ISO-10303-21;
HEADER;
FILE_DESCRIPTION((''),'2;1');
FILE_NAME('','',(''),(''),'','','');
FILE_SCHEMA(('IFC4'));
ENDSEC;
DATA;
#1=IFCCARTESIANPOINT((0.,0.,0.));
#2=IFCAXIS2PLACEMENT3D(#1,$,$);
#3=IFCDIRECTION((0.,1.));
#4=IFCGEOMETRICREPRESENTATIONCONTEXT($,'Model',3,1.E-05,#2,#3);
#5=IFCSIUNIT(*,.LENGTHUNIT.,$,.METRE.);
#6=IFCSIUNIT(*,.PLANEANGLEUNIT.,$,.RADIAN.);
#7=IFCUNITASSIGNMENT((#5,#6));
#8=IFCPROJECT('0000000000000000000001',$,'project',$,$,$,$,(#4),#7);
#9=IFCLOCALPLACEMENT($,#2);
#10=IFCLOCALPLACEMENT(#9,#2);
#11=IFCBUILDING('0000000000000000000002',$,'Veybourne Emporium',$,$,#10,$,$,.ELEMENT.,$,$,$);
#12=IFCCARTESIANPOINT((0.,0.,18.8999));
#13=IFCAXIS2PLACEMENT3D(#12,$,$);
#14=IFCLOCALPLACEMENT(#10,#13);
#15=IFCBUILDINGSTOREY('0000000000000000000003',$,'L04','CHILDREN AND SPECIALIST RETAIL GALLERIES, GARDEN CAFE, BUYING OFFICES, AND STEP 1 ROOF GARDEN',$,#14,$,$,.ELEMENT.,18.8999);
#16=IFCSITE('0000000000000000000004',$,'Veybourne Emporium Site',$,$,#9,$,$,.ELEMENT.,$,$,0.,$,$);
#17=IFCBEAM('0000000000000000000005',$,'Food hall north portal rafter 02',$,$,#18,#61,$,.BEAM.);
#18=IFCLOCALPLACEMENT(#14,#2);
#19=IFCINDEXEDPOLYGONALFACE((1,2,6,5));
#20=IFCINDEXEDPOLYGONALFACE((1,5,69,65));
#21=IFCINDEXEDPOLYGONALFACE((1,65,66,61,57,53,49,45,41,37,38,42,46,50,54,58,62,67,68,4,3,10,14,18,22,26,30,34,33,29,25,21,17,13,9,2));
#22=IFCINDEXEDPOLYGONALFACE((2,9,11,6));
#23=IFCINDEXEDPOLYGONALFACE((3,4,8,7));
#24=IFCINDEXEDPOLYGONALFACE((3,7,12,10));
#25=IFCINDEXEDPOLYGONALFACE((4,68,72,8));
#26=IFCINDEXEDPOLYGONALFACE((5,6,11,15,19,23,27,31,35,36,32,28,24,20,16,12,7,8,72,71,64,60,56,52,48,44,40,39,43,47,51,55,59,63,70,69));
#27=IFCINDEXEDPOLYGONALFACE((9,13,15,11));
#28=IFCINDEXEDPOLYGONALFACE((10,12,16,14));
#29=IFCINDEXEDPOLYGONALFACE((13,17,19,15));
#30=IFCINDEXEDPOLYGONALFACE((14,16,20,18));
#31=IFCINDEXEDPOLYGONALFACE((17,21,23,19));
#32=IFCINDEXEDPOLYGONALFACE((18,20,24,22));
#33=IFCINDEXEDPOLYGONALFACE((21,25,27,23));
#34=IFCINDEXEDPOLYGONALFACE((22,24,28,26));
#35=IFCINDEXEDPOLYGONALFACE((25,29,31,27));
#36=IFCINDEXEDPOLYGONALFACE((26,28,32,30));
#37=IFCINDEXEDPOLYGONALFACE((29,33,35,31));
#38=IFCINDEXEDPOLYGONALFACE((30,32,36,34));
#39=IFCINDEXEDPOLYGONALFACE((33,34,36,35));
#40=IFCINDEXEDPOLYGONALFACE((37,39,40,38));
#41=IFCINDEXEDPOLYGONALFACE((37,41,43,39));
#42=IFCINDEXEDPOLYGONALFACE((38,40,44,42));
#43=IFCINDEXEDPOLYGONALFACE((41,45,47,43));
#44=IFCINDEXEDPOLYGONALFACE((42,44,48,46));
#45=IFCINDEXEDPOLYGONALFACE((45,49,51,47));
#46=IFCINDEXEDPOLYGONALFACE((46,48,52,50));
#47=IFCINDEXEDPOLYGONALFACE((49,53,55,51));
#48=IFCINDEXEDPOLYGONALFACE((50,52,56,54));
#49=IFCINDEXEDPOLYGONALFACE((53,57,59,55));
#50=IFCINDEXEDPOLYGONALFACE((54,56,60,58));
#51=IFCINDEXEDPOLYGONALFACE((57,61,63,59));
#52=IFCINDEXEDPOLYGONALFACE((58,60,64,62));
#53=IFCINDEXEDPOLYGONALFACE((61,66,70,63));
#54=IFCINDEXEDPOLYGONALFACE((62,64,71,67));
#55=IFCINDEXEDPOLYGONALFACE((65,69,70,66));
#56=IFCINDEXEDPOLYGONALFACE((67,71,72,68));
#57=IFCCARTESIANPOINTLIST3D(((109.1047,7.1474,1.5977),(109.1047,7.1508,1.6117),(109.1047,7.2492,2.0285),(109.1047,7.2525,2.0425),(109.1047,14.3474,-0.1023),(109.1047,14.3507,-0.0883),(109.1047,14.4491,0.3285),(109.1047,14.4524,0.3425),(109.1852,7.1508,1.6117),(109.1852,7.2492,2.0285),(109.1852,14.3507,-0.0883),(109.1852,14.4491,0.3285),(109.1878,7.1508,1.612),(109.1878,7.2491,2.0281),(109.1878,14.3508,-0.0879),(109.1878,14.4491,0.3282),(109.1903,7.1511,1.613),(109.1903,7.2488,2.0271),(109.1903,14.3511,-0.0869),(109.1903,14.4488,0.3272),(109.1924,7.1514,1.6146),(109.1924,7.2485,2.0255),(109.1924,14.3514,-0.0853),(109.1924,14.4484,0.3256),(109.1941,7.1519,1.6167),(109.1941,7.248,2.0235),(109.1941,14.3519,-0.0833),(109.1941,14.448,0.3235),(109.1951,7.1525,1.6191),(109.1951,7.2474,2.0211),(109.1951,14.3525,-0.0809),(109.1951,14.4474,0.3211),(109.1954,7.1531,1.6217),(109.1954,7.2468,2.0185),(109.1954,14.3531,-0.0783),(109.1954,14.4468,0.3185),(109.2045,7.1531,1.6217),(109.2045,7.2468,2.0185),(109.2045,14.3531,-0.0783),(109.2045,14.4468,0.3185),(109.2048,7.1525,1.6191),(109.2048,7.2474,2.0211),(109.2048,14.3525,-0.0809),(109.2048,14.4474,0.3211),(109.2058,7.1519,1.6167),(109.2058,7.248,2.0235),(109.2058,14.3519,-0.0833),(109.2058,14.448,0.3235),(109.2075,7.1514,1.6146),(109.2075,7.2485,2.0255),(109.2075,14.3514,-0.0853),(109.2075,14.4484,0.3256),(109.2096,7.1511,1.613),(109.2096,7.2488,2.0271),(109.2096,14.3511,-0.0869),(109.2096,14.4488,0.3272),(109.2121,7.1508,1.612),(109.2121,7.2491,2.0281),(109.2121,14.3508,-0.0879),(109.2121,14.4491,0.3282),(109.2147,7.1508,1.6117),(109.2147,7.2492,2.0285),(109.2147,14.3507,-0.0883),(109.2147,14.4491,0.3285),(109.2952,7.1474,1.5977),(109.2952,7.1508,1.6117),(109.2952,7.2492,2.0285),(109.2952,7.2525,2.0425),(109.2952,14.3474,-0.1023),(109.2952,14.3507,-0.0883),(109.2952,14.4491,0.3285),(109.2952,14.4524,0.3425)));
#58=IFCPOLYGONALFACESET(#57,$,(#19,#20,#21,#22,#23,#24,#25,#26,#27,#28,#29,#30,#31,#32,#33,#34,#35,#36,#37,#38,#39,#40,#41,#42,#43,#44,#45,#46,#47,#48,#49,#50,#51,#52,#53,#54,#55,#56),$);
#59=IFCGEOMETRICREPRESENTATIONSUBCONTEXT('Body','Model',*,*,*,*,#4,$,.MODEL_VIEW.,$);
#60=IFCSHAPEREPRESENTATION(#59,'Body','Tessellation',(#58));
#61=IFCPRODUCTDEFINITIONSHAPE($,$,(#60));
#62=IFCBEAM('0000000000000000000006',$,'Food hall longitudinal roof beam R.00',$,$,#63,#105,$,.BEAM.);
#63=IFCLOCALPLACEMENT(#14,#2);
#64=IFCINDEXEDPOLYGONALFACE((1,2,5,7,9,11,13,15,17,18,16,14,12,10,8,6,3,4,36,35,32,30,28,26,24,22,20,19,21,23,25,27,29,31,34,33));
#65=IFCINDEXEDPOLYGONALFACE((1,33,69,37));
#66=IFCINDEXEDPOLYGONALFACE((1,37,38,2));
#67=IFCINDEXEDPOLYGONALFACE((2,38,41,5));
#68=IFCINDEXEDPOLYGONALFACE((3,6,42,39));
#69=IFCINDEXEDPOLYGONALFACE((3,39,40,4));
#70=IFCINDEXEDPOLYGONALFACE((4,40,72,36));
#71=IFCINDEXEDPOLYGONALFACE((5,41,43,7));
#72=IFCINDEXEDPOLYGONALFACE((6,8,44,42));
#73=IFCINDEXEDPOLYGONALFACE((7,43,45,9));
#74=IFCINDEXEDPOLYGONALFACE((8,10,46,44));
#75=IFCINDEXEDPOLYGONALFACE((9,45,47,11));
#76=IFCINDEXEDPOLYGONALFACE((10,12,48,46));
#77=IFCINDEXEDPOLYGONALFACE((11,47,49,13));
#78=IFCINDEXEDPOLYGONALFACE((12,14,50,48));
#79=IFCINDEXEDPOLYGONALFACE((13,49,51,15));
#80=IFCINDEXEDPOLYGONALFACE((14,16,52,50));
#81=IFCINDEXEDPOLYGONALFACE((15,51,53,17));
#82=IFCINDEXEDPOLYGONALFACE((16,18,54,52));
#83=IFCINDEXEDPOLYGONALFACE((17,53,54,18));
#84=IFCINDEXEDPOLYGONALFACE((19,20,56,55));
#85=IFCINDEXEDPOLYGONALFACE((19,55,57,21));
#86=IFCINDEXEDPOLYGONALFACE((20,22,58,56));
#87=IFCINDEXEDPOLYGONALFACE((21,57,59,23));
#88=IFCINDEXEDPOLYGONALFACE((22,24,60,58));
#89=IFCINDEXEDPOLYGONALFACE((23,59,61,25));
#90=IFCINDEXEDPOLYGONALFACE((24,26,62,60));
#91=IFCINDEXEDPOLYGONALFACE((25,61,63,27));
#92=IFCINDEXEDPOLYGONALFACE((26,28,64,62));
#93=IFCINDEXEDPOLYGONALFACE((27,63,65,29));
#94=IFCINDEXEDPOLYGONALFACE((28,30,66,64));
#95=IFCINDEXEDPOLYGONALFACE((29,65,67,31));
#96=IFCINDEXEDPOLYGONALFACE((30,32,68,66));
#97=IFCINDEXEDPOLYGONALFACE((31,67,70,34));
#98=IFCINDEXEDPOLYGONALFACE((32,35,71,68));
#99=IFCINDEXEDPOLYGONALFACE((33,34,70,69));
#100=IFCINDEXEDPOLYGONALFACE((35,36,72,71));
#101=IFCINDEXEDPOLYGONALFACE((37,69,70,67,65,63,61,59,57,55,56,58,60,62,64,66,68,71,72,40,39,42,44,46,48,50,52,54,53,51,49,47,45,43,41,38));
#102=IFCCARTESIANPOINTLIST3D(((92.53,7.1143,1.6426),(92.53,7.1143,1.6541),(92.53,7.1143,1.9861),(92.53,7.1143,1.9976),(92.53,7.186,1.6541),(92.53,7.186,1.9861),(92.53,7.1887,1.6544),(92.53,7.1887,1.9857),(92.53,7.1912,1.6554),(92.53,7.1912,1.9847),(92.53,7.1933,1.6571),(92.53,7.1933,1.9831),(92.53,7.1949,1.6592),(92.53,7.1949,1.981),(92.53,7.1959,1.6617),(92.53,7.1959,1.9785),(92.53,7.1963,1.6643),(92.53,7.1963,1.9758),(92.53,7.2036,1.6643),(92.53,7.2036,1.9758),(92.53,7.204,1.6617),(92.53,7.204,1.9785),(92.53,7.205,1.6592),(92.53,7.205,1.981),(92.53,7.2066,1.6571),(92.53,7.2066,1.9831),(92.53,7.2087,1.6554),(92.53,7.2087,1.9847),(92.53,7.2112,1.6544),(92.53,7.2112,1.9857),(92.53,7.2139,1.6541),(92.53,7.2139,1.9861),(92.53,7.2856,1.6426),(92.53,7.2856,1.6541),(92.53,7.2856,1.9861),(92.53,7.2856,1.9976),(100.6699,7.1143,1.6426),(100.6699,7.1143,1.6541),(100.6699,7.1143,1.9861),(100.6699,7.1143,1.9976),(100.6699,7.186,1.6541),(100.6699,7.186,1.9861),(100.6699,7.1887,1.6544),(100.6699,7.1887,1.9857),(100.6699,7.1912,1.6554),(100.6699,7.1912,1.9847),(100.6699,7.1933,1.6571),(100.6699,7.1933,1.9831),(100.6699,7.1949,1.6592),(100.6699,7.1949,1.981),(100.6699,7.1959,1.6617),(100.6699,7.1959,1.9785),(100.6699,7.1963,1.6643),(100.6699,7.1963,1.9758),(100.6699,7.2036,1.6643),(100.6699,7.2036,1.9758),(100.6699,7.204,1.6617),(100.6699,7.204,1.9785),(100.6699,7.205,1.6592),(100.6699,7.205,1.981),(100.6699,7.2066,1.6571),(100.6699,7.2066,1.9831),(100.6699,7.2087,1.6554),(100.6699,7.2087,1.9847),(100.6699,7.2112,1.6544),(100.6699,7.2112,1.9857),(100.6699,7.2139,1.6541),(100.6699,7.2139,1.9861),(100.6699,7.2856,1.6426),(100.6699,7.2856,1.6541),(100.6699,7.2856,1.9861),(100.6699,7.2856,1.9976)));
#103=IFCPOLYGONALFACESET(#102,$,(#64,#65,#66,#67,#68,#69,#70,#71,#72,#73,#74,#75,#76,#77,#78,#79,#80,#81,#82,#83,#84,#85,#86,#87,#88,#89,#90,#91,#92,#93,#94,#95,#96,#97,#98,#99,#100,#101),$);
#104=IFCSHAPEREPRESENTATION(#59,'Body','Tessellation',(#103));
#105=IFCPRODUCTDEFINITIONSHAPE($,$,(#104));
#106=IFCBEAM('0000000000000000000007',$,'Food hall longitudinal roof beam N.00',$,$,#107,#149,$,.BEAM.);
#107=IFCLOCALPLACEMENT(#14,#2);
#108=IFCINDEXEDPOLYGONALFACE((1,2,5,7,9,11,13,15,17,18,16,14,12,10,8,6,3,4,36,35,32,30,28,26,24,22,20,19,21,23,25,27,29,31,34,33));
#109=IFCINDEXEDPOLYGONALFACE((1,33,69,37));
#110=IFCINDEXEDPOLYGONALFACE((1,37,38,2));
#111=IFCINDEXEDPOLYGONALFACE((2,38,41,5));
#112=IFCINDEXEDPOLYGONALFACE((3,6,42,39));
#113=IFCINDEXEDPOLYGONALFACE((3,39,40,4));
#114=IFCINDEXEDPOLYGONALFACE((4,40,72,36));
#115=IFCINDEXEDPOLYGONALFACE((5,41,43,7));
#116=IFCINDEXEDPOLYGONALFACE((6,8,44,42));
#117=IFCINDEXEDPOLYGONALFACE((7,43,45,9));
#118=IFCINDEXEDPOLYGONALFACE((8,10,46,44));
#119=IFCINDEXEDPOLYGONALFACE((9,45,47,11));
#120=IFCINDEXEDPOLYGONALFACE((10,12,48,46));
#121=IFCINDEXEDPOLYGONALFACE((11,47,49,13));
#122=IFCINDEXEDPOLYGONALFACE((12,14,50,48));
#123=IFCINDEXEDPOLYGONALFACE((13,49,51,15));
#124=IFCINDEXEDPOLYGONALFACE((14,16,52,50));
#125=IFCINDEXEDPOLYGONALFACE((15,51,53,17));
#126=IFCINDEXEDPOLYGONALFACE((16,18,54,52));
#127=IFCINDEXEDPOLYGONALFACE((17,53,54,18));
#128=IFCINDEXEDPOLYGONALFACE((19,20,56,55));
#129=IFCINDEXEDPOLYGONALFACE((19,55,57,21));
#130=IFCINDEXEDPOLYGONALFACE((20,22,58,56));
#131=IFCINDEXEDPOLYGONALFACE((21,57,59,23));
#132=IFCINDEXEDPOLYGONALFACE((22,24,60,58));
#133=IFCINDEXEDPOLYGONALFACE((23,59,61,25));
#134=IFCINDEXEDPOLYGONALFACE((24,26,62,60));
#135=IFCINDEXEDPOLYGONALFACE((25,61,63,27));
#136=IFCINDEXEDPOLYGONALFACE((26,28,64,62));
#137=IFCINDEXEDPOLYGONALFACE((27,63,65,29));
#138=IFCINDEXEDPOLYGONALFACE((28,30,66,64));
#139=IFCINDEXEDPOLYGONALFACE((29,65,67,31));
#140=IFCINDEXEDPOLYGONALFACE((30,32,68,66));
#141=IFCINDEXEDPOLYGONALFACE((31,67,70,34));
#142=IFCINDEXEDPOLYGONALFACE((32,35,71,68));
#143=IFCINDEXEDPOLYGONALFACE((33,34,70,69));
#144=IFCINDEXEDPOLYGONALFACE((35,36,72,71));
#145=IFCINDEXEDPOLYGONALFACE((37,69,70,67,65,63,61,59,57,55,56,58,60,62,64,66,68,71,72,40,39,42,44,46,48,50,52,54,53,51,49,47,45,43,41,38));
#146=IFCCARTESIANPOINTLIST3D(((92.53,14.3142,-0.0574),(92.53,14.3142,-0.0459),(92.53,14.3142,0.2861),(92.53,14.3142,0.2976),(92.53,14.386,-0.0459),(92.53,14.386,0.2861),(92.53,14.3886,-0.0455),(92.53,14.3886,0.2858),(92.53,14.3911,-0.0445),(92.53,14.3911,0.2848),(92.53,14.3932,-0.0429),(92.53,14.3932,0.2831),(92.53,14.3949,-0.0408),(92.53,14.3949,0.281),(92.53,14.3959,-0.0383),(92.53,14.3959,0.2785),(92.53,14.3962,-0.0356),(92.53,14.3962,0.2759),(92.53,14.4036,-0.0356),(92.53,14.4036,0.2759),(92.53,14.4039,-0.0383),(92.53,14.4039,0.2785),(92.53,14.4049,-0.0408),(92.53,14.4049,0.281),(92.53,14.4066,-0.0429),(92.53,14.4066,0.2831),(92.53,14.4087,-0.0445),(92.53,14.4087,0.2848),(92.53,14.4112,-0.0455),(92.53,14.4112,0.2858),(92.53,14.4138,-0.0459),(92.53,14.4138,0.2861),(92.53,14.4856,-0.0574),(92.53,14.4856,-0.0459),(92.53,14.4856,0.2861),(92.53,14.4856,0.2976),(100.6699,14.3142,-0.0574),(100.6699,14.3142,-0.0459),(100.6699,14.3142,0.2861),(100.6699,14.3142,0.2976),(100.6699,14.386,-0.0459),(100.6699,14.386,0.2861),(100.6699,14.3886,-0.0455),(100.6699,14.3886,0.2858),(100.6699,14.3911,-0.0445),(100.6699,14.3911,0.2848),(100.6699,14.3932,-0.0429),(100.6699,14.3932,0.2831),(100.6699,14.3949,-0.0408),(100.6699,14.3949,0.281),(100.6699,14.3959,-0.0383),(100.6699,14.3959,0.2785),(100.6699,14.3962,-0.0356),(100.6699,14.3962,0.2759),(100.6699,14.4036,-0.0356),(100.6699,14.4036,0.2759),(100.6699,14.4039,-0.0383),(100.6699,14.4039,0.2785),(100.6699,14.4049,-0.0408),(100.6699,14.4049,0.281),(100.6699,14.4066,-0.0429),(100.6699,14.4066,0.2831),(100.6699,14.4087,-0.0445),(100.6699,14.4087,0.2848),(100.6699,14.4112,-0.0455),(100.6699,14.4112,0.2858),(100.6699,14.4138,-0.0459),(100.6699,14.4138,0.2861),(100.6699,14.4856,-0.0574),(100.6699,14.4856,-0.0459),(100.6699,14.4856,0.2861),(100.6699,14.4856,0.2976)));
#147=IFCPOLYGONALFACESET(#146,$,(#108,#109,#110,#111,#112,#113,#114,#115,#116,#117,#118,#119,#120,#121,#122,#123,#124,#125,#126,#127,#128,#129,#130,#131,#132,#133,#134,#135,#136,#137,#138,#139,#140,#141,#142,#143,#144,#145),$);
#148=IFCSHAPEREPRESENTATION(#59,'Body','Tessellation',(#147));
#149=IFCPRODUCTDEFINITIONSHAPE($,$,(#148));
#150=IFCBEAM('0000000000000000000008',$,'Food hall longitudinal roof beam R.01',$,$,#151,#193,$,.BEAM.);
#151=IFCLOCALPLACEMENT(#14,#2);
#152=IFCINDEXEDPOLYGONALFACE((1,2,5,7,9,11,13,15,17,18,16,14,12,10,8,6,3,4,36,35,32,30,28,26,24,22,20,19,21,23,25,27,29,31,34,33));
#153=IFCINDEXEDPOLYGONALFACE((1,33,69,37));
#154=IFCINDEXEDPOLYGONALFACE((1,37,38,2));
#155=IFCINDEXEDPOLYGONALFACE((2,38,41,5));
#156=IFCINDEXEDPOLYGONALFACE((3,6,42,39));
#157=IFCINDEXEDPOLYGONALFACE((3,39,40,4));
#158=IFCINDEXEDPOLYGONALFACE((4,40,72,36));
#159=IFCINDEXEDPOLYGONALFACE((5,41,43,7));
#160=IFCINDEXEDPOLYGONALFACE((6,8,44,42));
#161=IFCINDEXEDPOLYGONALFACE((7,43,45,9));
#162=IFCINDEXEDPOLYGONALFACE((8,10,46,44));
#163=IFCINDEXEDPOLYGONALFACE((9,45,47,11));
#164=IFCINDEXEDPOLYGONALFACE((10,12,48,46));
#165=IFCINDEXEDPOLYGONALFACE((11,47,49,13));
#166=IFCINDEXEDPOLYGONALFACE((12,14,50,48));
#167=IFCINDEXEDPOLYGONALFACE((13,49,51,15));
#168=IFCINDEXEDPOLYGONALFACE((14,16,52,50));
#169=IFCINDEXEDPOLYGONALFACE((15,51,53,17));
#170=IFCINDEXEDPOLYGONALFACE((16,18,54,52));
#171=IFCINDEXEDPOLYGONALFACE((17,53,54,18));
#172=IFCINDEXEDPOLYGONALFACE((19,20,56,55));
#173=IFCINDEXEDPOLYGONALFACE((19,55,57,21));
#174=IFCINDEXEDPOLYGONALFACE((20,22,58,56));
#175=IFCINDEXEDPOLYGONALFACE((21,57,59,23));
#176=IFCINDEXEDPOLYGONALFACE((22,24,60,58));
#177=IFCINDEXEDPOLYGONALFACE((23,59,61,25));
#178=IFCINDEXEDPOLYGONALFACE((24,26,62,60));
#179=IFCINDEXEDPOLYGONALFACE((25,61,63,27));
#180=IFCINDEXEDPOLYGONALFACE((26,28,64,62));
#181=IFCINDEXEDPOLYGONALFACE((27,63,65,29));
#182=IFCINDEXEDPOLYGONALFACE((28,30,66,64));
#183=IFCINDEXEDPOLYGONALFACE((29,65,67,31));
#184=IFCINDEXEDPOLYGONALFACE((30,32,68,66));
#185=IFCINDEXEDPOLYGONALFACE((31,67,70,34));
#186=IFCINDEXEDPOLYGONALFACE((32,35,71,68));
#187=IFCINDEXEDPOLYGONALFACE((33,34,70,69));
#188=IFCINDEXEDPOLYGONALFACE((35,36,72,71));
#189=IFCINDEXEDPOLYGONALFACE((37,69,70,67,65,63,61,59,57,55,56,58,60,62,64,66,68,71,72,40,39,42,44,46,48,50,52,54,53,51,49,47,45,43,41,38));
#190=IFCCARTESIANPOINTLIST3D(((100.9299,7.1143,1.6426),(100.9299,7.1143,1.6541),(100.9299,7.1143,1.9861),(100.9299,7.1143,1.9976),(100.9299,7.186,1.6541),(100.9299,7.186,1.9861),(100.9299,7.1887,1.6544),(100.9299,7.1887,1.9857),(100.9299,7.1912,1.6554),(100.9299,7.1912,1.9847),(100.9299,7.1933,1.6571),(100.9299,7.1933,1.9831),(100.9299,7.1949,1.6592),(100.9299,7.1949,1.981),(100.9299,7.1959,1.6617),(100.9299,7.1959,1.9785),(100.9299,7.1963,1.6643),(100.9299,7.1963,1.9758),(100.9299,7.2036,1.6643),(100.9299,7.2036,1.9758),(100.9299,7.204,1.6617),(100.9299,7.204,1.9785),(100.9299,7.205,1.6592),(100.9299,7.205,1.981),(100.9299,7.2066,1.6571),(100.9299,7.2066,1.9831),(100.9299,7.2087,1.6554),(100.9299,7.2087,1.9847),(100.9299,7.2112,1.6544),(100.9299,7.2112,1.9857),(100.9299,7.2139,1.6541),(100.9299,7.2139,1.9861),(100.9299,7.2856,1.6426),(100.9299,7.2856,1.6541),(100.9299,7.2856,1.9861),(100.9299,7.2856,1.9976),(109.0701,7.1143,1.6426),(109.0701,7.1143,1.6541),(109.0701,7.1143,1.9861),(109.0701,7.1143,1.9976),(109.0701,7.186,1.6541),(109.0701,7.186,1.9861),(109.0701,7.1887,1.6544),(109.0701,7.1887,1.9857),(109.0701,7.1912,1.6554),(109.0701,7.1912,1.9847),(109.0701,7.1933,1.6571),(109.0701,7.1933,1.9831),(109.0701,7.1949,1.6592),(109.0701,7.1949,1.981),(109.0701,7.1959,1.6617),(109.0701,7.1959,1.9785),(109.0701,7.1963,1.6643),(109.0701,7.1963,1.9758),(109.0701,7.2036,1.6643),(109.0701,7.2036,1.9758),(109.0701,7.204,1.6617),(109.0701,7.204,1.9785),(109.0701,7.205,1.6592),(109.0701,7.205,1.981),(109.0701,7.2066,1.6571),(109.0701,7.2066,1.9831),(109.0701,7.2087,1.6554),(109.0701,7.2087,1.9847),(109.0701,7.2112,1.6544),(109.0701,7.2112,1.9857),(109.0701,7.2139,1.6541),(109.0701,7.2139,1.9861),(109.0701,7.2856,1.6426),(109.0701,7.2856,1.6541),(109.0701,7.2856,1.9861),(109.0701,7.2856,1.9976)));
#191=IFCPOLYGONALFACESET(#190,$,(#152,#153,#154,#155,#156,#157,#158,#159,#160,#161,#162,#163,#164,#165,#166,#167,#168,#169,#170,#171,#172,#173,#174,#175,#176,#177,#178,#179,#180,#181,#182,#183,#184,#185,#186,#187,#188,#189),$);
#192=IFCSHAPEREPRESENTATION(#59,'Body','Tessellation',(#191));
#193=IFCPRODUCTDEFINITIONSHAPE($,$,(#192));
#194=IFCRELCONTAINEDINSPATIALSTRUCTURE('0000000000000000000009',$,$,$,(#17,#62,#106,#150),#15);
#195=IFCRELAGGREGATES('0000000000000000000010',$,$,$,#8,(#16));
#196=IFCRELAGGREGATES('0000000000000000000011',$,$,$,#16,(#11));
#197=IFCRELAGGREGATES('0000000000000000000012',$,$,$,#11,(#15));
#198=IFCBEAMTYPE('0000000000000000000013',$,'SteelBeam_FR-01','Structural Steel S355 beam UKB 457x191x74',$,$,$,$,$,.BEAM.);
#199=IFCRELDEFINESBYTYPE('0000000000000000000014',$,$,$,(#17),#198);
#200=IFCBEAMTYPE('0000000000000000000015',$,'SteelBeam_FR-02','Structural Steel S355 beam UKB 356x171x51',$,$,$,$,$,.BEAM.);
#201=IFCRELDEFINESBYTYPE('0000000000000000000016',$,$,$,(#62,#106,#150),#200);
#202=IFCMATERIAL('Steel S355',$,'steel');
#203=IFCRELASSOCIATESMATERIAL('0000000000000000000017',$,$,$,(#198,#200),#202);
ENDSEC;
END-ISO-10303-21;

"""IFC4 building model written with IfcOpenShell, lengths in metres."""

from ifc_helpers import new_model, si_unit, direction, frame, origin, origin_2d, place, context, subcontext, project, spatial, i_section, extrude, material, material_profile, profile_set, type_object, element, save


model = new_model("IFC4")

# Units and contexts
model_context = context("Model", 3, precision=1e-05, world=origin(), true_north=direction((0.0, 1.0)))
body_context = subcontext(model_context, "Body", "Model", "MODEL_VIEW")
ifc_project = project(units=[si_unit("LENGTHUNIT", "METRE"), si_unit("PLANEANGLEUNIT", "RADIAN")], contexts=[model_context])

# Site, building, storey
site_placement = place(None, origin())
site = spatial("IfcSite", under=ifc_project, at=site_placement, Name="Veybourne Emporium Site", CompositionType="ELEMENT", RefElevation=0.0)
building_placement = place(site_placement, origin())
building = spatial("IfcBuilding", under=site, at=building_placement, Name="Veybourne Emporium", CompositionType="ELEMENT")
storey_placement = place(building_placement, frame((0.0, 0.0, 18.8999)))
storey = spatial("IfcBuildingStorey", under=building, at=storey_placement, Name="L04", Description="CHILDREN AND SPECIALIST RETAIL GALLERIES, GARDEN CAFE, BUYING OFFICES, AND STEP 1 ROOF GARDEN", CompositionType="ELEMENT", Elevation=18.8999)

# Beams
ifc_material_1 = material(Name="Steel S355", Category="steel")
ifc_material_profile_1 = material_profile(ifc_material_1, i_section(OverallWidth=0.1904, OverallDepth=0.457, WebThickness=0.009, FlangeThickness=0.0144, FilletRadius=0.0103, at=origin_2d()), Name="UKB 457x191x74")
ifc_profile_set_1 = profile_set([ifc_material_profile_1], Name="Steel S355")
beam_type_1 = type_object("IfcBeamType", Name="SteelBeam_FR-01", Description="Structural Steel S355 beam UKB 457x191x74", PredefinedType="BEAM", material=ifc_profile_set_1)
for number, where, z_axis, x_axis, name in (
    (1, (109.2, 7.2, 1.8201), (0.0, 0.973241, -0.229788), (-1.0, 0.0, 0.0), "Food hall north portal rafter 02"),
):
    element("IfcBeam", number, at=place(storey_placement, frame(where, z_axis=z_axis, x_axis=x_axis)), inside=storey, type_object=beam_type_1, Name=name, PredefinedType="BEAM", context=body_context, shape_type="SweptSolid", body=[
        extrude(i_section(OverallWidth=0.1904, OverallDepth=0.457, WebThickness=0.009, FlangeThickness=0.0144, FilletRadius=0.0103, at=origin_2d()), origin(), (0.0, 0.0, 1.0), 7.3979),
    ])
ifc_material_profile_2 = material_profile(ifc_material_1, i_section(OverallWidth=0.1714, OverallDepth=0.355, WebThickness=0.0073, FlangeThickness=0.0115, FilletRadius=0.0103, at=origin_2d()), Name="UKB 356x171x51")
ifc_profile_set_2 = profile_set([ifc_material_profile_2], Name="Steel S355")
beam_type_2 = type_object("IfcBeamType", Name="SteelBeam_FR-02", Description="Structural Steel S355 beam UKB 356x171x51", PredefinedType="BEAM", material=ifc_profile_set_2)
for number, where, z_axis, x_axis, name in (
    (2, (92.53, 7.2, 1.8201), (1.0, 0.0, 0.0), (0.0, 1.0, 0.0), "Food hall longitudinal roof beam R.00"),
    (3, (92.53, 14.3999, 0.1201), (1.0, 0.0, 0.0), (0.0, 1.0, 0.0), "Food hall longitudinal roof beam N.00"),
):
    element("IfcBeam", number, at=place(storey_placement, frame(where, z_axis=z_axis, x_axis=x_axis)), inside=storey, type_object=beam_type_2, Name=name, PredefinedType="BEAM", context=body_context, shape_type="SweptSolid", body=[
        extrude(i_section(OverallWidth=0.1714, OverallDepth=0.355, WebThickness=0.0073, FlangeThickness=0.0115, FilletRadius=0.0103, at=origin_2d()), origin(), (0.0, 0.0, 1.0), 8.1399),
    ])
for number, where, z_axis, x_axis, name in (
    (4, (100.9299, 7.2, 1.8201), (1.0, 0.0, 0.0), (0.0, 1.0, 0.0), "Food hall longitudinal roof beam R.01"),
):
    element("IfcBeam", number, at=place(storey_placement, frame(where, z_axis=z_axis, x_axis=x_axis)), inside=storey, type_object=beam_type_2, Name=name, PredefinedType="BEAM", context=body_context, shape_type="SweptSolid", body=[
        extrude(i_section(OverallWidth=0.1714, OverallDepth=0.355, WebThickness=0.0073, FlangeThickness=0.0115, FilletRadius=0.0103, at=origin_2d()), origin(), (0.0, 0.0, 1.0), 8.1401),
    ])

save(model, "model.ifc")
